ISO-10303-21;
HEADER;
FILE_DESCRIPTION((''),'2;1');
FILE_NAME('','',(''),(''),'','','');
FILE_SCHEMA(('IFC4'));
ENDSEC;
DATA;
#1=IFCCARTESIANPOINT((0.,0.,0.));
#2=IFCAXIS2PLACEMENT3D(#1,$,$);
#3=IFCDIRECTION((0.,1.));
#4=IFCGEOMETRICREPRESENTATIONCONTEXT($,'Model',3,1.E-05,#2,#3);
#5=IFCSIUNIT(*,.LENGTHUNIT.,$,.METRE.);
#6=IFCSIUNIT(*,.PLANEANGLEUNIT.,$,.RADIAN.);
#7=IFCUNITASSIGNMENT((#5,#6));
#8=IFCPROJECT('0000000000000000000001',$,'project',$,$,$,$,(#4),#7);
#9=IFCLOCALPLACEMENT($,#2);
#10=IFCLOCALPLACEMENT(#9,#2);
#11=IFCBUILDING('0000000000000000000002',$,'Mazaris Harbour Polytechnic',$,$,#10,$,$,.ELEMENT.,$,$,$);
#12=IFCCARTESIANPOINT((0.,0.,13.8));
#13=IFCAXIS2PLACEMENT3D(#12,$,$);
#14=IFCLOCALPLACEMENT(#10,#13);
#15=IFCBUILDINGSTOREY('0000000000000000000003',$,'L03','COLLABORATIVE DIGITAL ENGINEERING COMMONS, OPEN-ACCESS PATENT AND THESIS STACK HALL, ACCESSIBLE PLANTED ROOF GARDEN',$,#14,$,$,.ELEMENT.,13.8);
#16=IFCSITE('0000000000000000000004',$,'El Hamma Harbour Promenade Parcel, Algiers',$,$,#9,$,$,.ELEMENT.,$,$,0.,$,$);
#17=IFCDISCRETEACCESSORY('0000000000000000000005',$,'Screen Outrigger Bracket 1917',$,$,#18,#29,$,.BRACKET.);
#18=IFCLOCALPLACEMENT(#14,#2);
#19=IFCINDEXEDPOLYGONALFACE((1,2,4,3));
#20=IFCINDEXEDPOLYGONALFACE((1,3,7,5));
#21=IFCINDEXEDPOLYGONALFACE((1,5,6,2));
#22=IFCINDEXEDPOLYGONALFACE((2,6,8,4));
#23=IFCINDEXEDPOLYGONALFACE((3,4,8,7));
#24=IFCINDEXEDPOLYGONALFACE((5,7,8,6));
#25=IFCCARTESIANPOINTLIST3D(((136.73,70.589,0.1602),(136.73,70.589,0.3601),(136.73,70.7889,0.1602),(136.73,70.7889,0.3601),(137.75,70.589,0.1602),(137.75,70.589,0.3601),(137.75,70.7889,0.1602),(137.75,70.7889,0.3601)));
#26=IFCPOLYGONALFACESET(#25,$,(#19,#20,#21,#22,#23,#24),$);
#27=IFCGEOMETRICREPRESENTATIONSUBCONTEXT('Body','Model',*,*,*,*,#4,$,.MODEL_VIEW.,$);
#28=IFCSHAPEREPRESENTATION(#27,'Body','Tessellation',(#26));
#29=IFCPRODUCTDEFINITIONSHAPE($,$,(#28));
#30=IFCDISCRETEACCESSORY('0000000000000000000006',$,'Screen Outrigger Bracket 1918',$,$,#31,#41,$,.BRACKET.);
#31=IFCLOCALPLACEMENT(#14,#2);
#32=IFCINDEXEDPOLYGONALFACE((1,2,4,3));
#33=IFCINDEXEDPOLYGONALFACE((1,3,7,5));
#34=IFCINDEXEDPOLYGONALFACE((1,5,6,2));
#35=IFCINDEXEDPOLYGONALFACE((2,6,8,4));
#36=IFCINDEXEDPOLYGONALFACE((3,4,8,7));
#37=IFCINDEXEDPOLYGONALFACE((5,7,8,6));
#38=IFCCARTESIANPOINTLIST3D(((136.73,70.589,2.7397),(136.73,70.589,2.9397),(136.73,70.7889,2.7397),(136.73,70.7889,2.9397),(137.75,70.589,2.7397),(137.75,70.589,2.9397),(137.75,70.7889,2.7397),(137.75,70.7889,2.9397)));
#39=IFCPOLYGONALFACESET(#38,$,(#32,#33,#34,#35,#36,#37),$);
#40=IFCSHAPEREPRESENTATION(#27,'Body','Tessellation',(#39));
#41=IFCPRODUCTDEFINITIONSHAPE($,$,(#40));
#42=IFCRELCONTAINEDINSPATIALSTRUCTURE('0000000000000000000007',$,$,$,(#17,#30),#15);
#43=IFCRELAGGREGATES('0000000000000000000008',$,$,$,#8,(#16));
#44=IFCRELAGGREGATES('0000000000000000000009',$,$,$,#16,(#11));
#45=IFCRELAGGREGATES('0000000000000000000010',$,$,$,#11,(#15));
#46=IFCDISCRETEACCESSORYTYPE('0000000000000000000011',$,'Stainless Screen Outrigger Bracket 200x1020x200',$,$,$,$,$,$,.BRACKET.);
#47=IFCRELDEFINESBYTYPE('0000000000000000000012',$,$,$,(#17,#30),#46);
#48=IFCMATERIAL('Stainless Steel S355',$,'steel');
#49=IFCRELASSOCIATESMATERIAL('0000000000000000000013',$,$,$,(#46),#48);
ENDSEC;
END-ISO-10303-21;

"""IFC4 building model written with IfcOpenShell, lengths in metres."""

from ifc_helpers import new_model, si_unit, direction, frame, origin, origin_2d, place, context, subcontext, project, spatial, rectangle, extrude, material, type_object, element, save


model = new_model("IFC4")

# Units and contexts
model_context = context("Model", 3, precision=1e-05, world=origin(), true_north=direction((0.0, 1.0)))
body_context = subcontext(model_context, "Body", "Model", "MODEL_VIEW")
ifc_project = project(units=[si_unit("LENGTHUNIT", "METRE"), si_unit("PLANEANGLEUNIT", "RADIAN")], contexts=[model_context])

# Site, building, storey
site_placement = place(None, origin())
site = spatial("IfcSite", under=ifc_project, at=site_placement, Name="El Hamma Harbour Promenade Parcel, Algiers", CompositionType="ELEMENT", RefElevation=0.0)
building_placement = place(site_placement, origin())
building = spatial("IfcBuilding", under=site, at=building_placement, Name="Mazaris Harbour Polytechnic", CompositionType="ELEMENT")
storey_placement = place(building_placement, frame((0.0, 0.0, 13.8)))
storey = spatial("IfcBuildingStorey", under=building, at=storey_placement, Name="L03", Description="COLLABORATIVE DIGITAL ENGINEERING COMMONS, OPEN-ACCESS PATENT AND THESIS STACK HALL, ACCESSIBLE PLANTED ROOF GARDEN", CompositionType="ELEMENT", Elevation=13.8)

# Discrete accessories
ifc_material_1 = material(Name="Stainless Steel S355", Category="steel")
discrete_accessory_type = type_object("IfcDiscreteAccessoryType", Name="Stainless Screen Outrigger Bracket 200x1020x200", PredefinedType="BRACKET", material=ifc_material_1)
for number, where, z_axis, x_axis, name in (
    (1, (137.24, 70.689, 0.1602), (0.0, 0.0, 1.0), (0.0, 1.0, 0.0), "Screen Outrigger Bracket 1917"),
    (2, (137.24, 70.689, 2.7397), (0.0, 0.0, 1.0), (0.0, 1.0, 0.0), "Screen Outrigger Bracket 1918"),
):
    element("IfcDiscreteAccessory", number, at=place(storey_placement, frame(where, z_axis=z_axis, x_axis=x_axis)), inside=storey, type_object=discrete_accessory_type, Name=name, PredefinedType="BRACKET", context=body_context, shape_type="SweptSolid", body=[
        extrude(rectangle(XDim=0.2, YDim=1.02, at=origin_2d()), origin(), (0.0, 0.0, 1.0), 0.2),
    ])

save(model, "model.ifc")
